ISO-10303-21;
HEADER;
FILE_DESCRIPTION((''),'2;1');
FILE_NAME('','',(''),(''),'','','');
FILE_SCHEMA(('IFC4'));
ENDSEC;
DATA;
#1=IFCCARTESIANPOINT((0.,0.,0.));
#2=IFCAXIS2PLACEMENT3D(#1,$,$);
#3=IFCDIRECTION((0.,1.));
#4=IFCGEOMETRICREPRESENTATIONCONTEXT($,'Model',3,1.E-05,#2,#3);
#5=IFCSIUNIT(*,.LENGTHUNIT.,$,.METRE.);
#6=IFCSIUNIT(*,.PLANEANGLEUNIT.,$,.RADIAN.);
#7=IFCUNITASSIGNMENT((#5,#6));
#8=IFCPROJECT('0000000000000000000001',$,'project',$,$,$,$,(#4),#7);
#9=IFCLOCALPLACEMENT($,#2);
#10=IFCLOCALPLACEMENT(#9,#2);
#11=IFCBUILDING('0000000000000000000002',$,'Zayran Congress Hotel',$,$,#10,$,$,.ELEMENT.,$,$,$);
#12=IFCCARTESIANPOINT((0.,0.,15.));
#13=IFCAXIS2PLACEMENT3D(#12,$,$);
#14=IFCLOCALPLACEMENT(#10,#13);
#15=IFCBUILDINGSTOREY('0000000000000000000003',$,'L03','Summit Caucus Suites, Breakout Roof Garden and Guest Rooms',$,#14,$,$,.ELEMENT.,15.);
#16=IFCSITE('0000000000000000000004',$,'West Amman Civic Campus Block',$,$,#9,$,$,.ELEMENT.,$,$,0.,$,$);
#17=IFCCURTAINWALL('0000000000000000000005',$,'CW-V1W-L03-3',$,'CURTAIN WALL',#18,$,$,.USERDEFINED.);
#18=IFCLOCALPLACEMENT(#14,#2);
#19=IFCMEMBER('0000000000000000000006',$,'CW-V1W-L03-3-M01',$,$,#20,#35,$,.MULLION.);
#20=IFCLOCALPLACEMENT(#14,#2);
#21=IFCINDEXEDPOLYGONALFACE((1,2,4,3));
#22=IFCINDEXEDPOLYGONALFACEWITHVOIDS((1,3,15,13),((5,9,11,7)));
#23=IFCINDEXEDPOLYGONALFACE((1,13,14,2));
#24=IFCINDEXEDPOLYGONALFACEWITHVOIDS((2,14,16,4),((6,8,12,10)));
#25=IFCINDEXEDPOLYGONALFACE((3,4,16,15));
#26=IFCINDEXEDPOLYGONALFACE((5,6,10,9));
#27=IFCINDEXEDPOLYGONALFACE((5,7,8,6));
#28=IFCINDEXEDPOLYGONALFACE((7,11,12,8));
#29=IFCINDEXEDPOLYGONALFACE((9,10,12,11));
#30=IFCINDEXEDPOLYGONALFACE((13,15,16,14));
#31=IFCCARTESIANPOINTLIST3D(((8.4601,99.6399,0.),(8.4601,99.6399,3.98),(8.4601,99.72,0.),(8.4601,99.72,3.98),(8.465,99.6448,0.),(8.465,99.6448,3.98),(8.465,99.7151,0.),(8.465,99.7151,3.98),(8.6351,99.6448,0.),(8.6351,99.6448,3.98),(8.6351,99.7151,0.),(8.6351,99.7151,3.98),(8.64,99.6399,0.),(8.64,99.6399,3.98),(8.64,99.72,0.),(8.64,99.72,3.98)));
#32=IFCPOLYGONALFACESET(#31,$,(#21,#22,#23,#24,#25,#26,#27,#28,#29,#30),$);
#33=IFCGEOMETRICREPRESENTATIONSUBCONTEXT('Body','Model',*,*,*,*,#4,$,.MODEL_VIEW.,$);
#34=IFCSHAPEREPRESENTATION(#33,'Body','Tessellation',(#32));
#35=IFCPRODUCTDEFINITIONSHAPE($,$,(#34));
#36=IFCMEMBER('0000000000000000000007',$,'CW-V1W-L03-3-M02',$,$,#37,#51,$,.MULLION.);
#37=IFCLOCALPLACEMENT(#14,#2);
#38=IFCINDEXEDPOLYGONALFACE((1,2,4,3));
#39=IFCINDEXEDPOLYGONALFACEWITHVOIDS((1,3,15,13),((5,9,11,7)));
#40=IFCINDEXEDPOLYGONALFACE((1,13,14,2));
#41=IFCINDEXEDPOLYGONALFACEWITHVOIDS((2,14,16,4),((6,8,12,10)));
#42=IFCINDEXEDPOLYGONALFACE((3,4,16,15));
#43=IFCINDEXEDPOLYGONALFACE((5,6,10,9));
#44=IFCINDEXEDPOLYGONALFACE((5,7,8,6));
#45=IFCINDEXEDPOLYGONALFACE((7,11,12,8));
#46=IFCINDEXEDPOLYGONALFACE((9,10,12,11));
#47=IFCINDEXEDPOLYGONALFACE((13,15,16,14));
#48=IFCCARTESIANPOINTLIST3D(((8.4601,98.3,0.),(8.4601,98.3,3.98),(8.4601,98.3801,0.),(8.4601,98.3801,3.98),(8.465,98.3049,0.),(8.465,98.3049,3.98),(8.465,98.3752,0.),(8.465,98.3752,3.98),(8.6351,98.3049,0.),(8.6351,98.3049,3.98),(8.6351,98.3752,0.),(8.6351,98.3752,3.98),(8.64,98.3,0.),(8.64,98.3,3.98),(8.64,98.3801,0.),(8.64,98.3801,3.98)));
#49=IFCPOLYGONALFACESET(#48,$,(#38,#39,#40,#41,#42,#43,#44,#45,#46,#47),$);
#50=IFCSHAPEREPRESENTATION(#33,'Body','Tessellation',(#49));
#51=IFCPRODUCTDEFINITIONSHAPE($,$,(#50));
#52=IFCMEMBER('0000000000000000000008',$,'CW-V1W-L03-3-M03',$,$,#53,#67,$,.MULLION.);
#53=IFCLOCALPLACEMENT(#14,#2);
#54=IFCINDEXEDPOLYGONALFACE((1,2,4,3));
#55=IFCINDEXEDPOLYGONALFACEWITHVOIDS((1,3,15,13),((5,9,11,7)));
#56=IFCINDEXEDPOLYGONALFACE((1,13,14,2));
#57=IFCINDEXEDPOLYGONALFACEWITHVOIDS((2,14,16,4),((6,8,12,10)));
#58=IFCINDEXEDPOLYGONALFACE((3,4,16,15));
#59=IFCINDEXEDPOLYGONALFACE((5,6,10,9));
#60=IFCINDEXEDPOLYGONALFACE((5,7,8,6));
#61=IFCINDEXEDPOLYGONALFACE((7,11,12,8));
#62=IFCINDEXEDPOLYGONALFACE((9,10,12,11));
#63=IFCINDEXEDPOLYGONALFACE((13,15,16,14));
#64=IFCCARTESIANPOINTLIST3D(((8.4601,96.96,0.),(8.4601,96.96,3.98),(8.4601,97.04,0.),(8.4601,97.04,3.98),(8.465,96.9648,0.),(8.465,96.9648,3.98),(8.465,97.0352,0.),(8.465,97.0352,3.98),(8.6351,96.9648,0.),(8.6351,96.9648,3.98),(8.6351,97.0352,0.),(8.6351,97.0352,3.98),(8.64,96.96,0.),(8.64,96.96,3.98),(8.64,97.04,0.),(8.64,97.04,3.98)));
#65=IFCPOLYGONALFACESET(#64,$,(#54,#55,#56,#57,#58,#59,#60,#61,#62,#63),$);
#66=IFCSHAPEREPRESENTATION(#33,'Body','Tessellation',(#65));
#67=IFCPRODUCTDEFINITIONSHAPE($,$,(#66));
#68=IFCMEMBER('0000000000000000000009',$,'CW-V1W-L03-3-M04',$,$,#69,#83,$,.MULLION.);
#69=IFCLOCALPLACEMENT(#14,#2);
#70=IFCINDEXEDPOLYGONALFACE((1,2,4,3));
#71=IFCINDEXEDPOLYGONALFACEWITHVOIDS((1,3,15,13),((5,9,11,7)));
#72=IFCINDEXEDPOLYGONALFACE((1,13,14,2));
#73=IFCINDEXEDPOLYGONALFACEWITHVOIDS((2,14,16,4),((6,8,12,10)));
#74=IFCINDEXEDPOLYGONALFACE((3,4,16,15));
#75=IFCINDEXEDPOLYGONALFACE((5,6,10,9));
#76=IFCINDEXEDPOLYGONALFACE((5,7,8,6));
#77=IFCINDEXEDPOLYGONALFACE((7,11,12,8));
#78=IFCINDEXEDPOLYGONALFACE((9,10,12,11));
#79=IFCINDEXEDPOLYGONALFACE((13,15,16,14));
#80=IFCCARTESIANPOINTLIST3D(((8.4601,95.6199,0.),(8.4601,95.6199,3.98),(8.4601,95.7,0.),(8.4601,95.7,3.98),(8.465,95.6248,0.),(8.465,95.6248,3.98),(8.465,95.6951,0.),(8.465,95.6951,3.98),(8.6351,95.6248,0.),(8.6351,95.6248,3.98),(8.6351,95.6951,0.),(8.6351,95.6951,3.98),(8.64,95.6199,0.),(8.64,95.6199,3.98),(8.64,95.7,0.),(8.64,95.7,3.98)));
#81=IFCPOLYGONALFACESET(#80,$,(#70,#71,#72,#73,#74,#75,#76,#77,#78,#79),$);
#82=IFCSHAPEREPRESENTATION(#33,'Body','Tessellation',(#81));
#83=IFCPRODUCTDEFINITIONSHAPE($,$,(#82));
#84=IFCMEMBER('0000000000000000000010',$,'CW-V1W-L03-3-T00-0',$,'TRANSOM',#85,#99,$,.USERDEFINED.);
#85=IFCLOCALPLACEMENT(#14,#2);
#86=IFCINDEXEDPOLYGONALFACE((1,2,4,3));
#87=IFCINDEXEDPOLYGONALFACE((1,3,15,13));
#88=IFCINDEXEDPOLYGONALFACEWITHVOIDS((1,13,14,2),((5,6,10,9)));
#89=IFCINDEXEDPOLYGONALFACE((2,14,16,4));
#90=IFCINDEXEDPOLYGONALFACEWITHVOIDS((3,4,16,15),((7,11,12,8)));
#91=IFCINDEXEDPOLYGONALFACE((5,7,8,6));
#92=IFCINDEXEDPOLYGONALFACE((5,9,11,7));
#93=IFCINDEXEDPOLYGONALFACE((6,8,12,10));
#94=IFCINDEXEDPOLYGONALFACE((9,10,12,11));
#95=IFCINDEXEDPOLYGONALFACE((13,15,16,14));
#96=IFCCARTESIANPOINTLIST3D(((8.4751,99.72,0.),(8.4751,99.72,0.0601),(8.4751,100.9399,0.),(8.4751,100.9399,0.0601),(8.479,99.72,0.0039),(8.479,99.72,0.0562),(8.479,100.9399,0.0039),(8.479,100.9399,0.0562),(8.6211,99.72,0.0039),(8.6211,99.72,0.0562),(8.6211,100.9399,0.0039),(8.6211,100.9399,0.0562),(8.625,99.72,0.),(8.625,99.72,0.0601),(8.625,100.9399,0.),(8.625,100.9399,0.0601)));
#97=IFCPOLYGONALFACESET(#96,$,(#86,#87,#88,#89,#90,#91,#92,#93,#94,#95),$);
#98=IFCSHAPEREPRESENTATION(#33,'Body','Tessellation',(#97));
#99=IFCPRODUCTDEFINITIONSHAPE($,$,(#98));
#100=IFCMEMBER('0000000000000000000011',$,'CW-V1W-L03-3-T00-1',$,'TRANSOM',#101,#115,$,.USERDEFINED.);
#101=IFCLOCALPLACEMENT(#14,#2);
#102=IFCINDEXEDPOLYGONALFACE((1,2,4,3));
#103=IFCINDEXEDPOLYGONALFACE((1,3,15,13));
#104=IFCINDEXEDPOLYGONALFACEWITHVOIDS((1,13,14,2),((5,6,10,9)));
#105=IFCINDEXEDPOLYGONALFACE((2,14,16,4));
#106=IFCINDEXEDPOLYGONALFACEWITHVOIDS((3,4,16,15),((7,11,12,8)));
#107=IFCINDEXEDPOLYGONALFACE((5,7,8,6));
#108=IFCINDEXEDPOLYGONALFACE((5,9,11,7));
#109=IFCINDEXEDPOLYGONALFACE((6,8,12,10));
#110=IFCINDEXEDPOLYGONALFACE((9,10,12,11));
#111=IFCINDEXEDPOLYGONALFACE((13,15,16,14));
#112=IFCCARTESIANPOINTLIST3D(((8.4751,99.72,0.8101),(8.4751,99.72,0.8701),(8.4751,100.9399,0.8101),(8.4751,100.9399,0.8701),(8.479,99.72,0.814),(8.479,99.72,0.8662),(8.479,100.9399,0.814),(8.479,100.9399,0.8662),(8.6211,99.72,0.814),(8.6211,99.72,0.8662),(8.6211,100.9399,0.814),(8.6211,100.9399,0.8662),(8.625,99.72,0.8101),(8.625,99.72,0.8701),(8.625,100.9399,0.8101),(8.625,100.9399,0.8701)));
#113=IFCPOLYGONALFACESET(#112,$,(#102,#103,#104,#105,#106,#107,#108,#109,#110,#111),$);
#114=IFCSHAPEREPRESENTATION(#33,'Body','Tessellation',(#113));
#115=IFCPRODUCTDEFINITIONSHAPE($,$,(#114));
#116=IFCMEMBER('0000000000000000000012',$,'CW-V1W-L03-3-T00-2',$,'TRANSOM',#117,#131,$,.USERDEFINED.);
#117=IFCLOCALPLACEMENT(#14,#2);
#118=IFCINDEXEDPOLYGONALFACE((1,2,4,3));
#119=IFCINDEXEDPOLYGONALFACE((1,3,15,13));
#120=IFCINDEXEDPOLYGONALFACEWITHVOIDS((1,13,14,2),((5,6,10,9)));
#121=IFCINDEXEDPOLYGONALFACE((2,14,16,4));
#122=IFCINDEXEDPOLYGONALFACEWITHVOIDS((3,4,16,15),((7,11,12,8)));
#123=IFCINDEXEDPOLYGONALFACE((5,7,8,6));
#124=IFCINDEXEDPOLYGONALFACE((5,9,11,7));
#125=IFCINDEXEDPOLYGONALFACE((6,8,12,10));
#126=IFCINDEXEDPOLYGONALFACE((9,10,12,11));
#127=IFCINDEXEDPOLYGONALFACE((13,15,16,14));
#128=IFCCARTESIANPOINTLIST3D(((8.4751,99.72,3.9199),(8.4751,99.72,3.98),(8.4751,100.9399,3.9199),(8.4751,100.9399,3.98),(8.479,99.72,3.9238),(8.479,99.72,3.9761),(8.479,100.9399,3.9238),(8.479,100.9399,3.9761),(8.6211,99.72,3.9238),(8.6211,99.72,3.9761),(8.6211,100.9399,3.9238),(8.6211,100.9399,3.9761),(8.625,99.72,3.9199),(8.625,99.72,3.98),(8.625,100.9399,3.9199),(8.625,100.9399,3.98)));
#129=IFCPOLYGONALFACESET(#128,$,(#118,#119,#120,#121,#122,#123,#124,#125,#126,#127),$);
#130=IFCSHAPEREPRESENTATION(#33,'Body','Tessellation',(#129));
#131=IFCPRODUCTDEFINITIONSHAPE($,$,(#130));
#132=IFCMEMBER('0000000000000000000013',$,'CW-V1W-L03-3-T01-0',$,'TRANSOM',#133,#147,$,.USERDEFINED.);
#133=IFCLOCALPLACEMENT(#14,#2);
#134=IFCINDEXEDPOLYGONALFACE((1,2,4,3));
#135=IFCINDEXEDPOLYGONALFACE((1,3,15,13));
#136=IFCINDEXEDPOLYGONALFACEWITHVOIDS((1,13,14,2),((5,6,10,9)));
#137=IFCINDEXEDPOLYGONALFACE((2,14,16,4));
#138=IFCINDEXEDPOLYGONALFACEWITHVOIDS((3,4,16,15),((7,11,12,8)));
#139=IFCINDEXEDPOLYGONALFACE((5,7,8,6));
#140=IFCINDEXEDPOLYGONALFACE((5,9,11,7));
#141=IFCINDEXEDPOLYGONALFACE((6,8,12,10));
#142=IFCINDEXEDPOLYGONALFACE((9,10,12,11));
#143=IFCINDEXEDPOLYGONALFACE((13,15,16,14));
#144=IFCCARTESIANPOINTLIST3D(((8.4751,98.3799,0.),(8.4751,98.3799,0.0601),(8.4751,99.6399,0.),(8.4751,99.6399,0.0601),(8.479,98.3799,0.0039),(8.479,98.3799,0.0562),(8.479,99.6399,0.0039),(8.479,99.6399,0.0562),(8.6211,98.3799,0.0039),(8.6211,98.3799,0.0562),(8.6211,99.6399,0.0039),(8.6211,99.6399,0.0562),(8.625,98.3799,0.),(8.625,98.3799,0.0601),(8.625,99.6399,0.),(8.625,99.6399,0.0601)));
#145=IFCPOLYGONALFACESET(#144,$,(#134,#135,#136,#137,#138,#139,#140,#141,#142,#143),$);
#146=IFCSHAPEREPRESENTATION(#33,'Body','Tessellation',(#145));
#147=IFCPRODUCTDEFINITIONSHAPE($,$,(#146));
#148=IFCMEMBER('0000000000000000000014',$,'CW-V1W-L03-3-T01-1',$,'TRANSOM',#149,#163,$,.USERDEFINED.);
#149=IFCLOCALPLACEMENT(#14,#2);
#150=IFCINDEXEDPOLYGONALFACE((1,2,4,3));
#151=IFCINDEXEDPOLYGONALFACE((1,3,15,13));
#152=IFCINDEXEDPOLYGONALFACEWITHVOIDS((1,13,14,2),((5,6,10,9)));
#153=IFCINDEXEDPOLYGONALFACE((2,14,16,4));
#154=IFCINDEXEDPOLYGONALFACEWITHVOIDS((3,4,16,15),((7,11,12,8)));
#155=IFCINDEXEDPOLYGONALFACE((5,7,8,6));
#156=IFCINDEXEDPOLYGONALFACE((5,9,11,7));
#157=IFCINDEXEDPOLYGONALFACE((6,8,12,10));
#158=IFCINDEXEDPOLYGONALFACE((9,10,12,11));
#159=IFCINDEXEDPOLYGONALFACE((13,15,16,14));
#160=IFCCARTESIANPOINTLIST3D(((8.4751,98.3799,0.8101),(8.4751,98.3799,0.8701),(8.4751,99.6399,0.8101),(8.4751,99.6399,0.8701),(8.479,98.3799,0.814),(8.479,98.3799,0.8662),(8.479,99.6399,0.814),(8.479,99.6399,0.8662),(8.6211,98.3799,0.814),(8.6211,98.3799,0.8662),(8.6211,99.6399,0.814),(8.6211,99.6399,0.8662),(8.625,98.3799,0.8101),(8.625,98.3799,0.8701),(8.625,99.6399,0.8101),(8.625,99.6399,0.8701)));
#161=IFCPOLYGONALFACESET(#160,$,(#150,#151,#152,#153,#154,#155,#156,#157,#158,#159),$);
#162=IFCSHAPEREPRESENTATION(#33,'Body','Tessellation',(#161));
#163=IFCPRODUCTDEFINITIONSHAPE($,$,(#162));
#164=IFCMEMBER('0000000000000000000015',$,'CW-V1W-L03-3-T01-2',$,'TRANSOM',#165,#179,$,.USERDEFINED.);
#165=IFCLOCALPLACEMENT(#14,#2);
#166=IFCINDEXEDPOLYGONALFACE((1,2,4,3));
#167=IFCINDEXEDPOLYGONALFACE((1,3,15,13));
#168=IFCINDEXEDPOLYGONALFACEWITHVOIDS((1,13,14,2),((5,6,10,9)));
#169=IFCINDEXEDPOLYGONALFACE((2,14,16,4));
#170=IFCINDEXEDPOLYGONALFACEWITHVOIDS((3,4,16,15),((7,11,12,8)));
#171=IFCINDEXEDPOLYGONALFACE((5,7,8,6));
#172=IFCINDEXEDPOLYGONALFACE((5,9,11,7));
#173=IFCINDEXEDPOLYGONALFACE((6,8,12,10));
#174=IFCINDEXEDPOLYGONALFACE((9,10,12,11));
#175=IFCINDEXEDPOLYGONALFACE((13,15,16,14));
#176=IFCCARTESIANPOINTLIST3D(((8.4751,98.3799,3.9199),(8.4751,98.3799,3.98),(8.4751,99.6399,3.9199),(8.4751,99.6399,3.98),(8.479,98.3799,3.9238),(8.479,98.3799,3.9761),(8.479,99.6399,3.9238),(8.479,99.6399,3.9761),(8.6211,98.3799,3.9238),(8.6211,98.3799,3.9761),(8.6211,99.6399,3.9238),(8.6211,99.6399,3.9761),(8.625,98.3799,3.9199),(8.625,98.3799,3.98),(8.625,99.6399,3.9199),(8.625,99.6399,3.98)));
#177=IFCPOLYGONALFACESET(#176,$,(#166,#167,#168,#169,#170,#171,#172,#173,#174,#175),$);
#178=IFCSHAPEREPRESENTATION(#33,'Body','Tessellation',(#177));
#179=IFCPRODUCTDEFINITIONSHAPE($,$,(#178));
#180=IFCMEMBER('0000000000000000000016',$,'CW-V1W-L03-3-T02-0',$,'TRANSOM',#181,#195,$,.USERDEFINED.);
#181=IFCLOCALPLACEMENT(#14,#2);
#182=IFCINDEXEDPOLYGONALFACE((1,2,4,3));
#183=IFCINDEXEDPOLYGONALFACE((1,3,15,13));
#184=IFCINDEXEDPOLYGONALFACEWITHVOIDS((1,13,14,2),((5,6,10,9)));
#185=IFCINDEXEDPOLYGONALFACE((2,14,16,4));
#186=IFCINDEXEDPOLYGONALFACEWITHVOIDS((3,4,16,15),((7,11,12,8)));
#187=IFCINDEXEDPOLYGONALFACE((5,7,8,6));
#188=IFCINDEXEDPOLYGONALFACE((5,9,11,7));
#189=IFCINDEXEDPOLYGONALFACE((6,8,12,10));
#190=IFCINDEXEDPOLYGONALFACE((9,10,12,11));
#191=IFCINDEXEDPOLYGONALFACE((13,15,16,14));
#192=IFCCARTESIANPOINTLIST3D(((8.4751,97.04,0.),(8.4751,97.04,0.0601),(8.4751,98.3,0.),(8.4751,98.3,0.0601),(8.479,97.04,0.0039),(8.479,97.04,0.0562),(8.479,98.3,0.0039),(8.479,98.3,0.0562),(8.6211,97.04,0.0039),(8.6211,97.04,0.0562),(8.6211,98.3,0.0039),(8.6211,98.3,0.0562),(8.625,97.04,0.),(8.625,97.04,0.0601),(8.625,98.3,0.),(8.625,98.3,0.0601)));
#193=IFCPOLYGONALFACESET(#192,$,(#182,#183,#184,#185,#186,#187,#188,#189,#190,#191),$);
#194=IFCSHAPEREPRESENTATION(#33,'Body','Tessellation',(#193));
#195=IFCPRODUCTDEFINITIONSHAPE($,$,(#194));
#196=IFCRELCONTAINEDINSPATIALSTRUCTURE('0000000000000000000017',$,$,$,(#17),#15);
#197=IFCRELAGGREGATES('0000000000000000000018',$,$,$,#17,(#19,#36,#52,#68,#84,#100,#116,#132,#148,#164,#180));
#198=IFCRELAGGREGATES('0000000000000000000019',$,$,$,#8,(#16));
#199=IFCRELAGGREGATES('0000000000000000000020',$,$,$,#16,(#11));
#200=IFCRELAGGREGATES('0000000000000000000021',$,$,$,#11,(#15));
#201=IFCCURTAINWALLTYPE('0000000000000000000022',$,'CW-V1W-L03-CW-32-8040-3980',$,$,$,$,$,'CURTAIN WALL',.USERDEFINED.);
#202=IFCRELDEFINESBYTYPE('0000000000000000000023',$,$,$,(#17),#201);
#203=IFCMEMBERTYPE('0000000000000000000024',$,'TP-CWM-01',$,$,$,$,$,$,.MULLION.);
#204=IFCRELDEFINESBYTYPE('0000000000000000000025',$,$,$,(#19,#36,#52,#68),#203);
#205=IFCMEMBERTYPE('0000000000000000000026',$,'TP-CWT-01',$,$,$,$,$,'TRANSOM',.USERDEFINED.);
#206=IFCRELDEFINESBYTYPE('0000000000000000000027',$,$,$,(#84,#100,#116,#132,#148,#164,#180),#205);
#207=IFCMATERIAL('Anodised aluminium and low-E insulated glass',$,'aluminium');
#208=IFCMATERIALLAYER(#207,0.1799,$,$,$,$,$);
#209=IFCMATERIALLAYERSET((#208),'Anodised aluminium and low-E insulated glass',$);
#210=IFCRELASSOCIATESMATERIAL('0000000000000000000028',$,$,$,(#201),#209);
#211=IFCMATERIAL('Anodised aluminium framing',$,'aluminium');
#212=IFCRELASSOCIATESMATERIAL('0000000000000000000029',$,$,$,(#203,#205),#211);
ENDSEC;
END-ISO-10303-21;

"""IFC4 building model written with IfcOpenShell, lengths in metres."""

from ifc_helpers import new_model, si_unit, direction, frame, origin, origin_2d, place, context, subcontext, project, spatial, hollow_rectangle, extrude, material, layer, layer_set, material_profile, profile_set, type_object, element, aggregate, save


model = new_model("IFC4")

# Units and contexts
model_context = context("Model", 3, precision=1e-05, world=origin(), true_north=direction((0.0, 1.0)))
body_context = subcontext(model_context, "Body", "Model", "MODEL_VIEW")
ifc_project = project(units=[si_unit("LENGTHUNIT", "METRE"), si_unit("PLANEANGLEUNIT", "RADIAN")], contexts=[model_context])

# Site, building, storey
site_placement = place(None, origin())
site = spatial("IfcSite", under=ifc_project, at=site_placement, Name="West Amman Civic Campus Block", CompositionType="ELEMENT", RefElevation=0.0)
building_placement = place(site_placement, origin())
building = spatial("IfcBuilding", under=site, at=building_placement, Name="Zayran Congress Hotel", CompositionType="ELEMENT")
storey_placement = place(building_placement, frame((0.0, 0.0, 15.0)))
storey = spatial("IfcBuildingStorey", under=building, at=storey_placement, Name="L03", Description="Summit Caucus Suites, Breakout Roof Garden and Guest Rooms", CompositionType="ELEMENT", Elevation=15.0)

# Curtain wall, members
ifc_material_1 = material(Name="Anodised aluminium and low-E insulated glass", Category="aluminium")
ifc_layer_1 = layer(ifc_material_1, 0.1799)
ifc_layer_set_1 = layer_set([ifc_layer_1], Name="Anodised aluminium and low-E insulated glass")
curtain_wall_type = type_object("IfcCurtainWallType", Name="CW-V1W-L03-CW-32-8040-3980", ElementType="CURTAIN WALL", PredefinedType="USERDEFINED", material=ifc_layer_set_1)
curtain_wall_placement = place(storey_placement, origin())
curtain_wall = element("IfcCurtainWall", 1, at=curtain_wall_placement, inside=storey, type_object=curtain_wall_type, Name="CW-V1W-L03-3", ObjectType="CURTAIN WALL", PredefinedType="USERDEFINED")
ifc_material_2 = material(Name="Anodised aluminium framing", Category="aluminium")
ifc_material_profile_1 = material_profile(ifc_material_2, hollow_rectangle(XDim=0.0801, YDim=0.1799, WallThickness=0.0049, at=origin_2d()), Name="RHS 180x80x5")
ifc_profile_set_1 = profile_set([ifc_material_profile_1], Name="Anodised aluminium framing")
member_type_1 = type_object("IfcMemberType", Name="TP-CWM-01", PredefinedType="MULLION", material=ifc_profile_set_1)
member_1_placement = place(storey_placement, frame((8.55, 99.6799, 0.0), z_axis=(0.0, 0.0, 1.0), x_axis=(0.0, 1.0, 0.0)))
member_1 = element("IfcMember", 2, at=member_1_placement, type_object=member_type_1, Name="CW-V1W-L03-3-M01", PredefinedType="MULLION", context=body_context, shape_type="SweptSolid", body=[
    extrude(hollow_rectangle(XDim=0.0801, YDim=0.1799, WallThickness=0.0049, at=origin_2d()), origin(), (0.0, 0.0, 1.0), 3.98),
])
member_2_placement = place(storey_placement, frame((8.55, 98.3401, 0.0), z_axis=(0.0, 0.0, 1.0), x_axis=(0.0, 1.0, 0.0)))
member_2 = element("IfcMember", 3, at=member_2_placement, type_object=member_type_1, Name="CW-V1W-L03-3-M02", PredefinedType="MULLION", context=body_context, shape_type="SweptSolid", body=[
    extrude(hollow_rectangle(XDim=0.0801, YDim=0.1799, WallThickness=0.0049, at=origin_2d()), origin(), (0.0, 0.0, 1.0), 3.98),
])
member_3_placement = place(storey_placement, frame((8.55, 97.0, 0.0), z_axis=(0.0, 0.0, 1.0), x_axis=(0.0, 1.0, 0.0)))
member_3 = element("IfcMember", 4, at=member_3_placement, type_object=member_type_1, Name="CW-V1W-L03-3-M03", PredefinedType="MULLION", context=body_context, shape_type="SweptSolid", body=[
    extrude(hollow_rectangle(XDim=0.0801, YDim=0.1799, WallThickness=0.0049, at=origin_2d()), origin(), (0.0, 0.0, 1.0), 3.98),
])
member_4_placement = place(storey_placement, frame((8.55, 95.6599, 0.0), z_axis=(0.0, 0.0, 1.0), x_axis=(0.0, 1.0, 0.0)))
member_4 = element("IfcMember", 5, at=member_4_placement, type_object=member_type_1, Name="CW-V1W-L03-3-M04", PredefinedType="MULLION", context=body_context, shape_type="SweptSolid", body=[
    extrude(hollow_rectangle(XDim=0.0801, YDim=0.1799, WallThickness=0.0049, at=origin_2d()), origin(), (0.0, 0.0, 1.0), 3.98),
])
ifc_material_profile_2 = material_profile(ifc_material_2, hollow_rectangle(XDim=0.0601, YDim=0.1499, WallThickness=0.0039, at=origin_2d()), Name="RHS 150x60x4")
ifc_profile_set_2 = profile_set([ifc_material_profile_2], Name="Anodised aluminium framing")
member_type_2 = type_object("IfcMemberType", Name="TP-CWT-01", ElementType="TRANSOM", PredefinedType="USERDEFINED", material=ifc_profile_set_2)
member_5_placement = place(storey_placement, frame((8.55, 100.9399, 0.03), z_axis=(0.0, -1.0, 0.0), x_axis=(0.0, 0.0, 1.0)))
member_5 = element("IfcMember", 6, at=member_5_placement, type_object=member_type_2, Name="CW-V1W-L03-3-T00-0", ObjectType="TRANSOM", PredefinedType="USERDEFINED", context=body_context, shape_type="SweptSolid", body=[
    extrude(hollow_rectangle(XDim=0.0601, YDim=0.1499, WallThickness=0.0039, at=origin_2d()), origin(), (0.0, 0.0, 1.0), 1.22),
])
member_6_placement = place(storey_placement, frame((8.55, 100.9399, 0.8401), z_axis=(0.0, -1.0, 0.0), x_axis=(0.0, 0.0, 1.0)))
member_6 = element("IfcMember", 7, at=member_6_placement, type_object=member_type_2, Name="CW-V1W-L03-3-T00-1", ObjectType="TRANSOM", PredefinedType="USERDEFINED", context=body_context, shape_type="SweptSolid", body=[
    extrude(hollow_rectangle(XDim=0.0601, YDim=0.1499, WallThickness=0.0039, at=origin_2d()), origin(), (0.0, 0.0, 1.0), 1.22),
])
member_7_placement = place(storey_placement, frame((8.55, 100.9399, 3.95), z_axis=(0.0, -1.0, 0.0), x_axis=(0.0, 0.0, 1.0)))
member_7 = element("IfcMember", 8, at=member_7_placement, type_object=member_type_2, Name="CW-V1W-L03-3-T00-2", ObjectType="TRANSOM", PredefinedType="USERDEFINED", context=body_context, shape_type="SweptSolid", body=[
    extrude(hollow_rectangle(XDim=0.0601, YDim=0.1499, WallThickness=0.0039, at=origin_2d()), origin(), (0.0, 0.0, 1.0), 1.22),
])
member_8_placement = place(storey_placement, frame((8.55, 99.6399, 0.03), z_axis=(0.0, -1.0, 0.0), x_axis=(0.0, 0.0, 1.0)))
member_8 = element("IfcMember", 9, at=member_8_placement, type_object=member_type_2, Name="CW-V1W-L03-3-T01-0", ObjectType="TRANSOM", PredefinedType="USERDEFINED", context=body_context, shape_type="SweptSolid", body=[
    extrude(hollow_rectangle(XDim=0.0601, YDim=0.1499, WallThickness=0.0039, at=origin_2d()), origin(), (0.0, 0.0, 1.0), 1.26),
])
member_9_placement = place(storey_placement, frame((8.55, 99.6399, 0.8401), z_axis=(0.0, -1.0, 0.0), x_axis=(0.0, 0.0, 1.0)))
member_9 = element("IfcMember", 10, at=member_9_placement, type_object=member_type_2, Name="CW-V1W-L03-3-T01-1", ObjectType="TRANSOM", PredefinedType="USERDEFINED", context=body_context, shape_type="SweptSolid", body=[
    extrude(hollow_rectangle(XDim=0.0601, YDim=0.1499, WallThickness=0.0039, at=origin_2d()), origin(), (0.0, 0.0, 1.0), 1.26),
])
member_10_placement = place(storey_placement, frame((8.55, 99.6399, 3.95), z_axis=(0.0, -1.0, 0.0), x_axis=(0.0, 0.0, 1.0)))
member_10 = element("IfcMember", 11, at=member_10_placement, type_object=member_type_2, Name="CW-V1W-L03-3-T01-2", ObjectType="TRANSOM", PredefinedType="USERDEFINED", context=body_context, shape_type="SweptSolid", body=[
    extrude(hollow_rectangle(XDim=0.0601, YDim=0.1499, WallThickness=0.0039, at=origin_2d()), origin(), (0.0, 0.0, 1.0), 1.26),
])
member_11_placement = place(storey_placement, frame((8.55, 98.3, 0.03), z_axis=(0.0, -1.0, 0.0), x_axis=(0.0, 0.0, 1.0)))
member_11 = element("IfcMember", 12, at=member_11_placement, type_object=member_type_2, Name="CW-V1W-L03-3-T02-0", ObjectType="TRANSOM", PredefinedType="USERDEFINED", context=body_context, shape_type="SweptSolid", body=[
    extrude(hollow_rectangle(XDim=0.0601, YDim=0.1499, WallThickness=0.0039, at=origin_2d()), origin(), (0.0, 0.0, 1.0), 1.26),
])
aggregate(curtain_wall, [member_1, member_2, member_3, member_4, member_5, member_6, member_7, member_8, member_9, member_10, member_11])

save(model, "model.ifc")
